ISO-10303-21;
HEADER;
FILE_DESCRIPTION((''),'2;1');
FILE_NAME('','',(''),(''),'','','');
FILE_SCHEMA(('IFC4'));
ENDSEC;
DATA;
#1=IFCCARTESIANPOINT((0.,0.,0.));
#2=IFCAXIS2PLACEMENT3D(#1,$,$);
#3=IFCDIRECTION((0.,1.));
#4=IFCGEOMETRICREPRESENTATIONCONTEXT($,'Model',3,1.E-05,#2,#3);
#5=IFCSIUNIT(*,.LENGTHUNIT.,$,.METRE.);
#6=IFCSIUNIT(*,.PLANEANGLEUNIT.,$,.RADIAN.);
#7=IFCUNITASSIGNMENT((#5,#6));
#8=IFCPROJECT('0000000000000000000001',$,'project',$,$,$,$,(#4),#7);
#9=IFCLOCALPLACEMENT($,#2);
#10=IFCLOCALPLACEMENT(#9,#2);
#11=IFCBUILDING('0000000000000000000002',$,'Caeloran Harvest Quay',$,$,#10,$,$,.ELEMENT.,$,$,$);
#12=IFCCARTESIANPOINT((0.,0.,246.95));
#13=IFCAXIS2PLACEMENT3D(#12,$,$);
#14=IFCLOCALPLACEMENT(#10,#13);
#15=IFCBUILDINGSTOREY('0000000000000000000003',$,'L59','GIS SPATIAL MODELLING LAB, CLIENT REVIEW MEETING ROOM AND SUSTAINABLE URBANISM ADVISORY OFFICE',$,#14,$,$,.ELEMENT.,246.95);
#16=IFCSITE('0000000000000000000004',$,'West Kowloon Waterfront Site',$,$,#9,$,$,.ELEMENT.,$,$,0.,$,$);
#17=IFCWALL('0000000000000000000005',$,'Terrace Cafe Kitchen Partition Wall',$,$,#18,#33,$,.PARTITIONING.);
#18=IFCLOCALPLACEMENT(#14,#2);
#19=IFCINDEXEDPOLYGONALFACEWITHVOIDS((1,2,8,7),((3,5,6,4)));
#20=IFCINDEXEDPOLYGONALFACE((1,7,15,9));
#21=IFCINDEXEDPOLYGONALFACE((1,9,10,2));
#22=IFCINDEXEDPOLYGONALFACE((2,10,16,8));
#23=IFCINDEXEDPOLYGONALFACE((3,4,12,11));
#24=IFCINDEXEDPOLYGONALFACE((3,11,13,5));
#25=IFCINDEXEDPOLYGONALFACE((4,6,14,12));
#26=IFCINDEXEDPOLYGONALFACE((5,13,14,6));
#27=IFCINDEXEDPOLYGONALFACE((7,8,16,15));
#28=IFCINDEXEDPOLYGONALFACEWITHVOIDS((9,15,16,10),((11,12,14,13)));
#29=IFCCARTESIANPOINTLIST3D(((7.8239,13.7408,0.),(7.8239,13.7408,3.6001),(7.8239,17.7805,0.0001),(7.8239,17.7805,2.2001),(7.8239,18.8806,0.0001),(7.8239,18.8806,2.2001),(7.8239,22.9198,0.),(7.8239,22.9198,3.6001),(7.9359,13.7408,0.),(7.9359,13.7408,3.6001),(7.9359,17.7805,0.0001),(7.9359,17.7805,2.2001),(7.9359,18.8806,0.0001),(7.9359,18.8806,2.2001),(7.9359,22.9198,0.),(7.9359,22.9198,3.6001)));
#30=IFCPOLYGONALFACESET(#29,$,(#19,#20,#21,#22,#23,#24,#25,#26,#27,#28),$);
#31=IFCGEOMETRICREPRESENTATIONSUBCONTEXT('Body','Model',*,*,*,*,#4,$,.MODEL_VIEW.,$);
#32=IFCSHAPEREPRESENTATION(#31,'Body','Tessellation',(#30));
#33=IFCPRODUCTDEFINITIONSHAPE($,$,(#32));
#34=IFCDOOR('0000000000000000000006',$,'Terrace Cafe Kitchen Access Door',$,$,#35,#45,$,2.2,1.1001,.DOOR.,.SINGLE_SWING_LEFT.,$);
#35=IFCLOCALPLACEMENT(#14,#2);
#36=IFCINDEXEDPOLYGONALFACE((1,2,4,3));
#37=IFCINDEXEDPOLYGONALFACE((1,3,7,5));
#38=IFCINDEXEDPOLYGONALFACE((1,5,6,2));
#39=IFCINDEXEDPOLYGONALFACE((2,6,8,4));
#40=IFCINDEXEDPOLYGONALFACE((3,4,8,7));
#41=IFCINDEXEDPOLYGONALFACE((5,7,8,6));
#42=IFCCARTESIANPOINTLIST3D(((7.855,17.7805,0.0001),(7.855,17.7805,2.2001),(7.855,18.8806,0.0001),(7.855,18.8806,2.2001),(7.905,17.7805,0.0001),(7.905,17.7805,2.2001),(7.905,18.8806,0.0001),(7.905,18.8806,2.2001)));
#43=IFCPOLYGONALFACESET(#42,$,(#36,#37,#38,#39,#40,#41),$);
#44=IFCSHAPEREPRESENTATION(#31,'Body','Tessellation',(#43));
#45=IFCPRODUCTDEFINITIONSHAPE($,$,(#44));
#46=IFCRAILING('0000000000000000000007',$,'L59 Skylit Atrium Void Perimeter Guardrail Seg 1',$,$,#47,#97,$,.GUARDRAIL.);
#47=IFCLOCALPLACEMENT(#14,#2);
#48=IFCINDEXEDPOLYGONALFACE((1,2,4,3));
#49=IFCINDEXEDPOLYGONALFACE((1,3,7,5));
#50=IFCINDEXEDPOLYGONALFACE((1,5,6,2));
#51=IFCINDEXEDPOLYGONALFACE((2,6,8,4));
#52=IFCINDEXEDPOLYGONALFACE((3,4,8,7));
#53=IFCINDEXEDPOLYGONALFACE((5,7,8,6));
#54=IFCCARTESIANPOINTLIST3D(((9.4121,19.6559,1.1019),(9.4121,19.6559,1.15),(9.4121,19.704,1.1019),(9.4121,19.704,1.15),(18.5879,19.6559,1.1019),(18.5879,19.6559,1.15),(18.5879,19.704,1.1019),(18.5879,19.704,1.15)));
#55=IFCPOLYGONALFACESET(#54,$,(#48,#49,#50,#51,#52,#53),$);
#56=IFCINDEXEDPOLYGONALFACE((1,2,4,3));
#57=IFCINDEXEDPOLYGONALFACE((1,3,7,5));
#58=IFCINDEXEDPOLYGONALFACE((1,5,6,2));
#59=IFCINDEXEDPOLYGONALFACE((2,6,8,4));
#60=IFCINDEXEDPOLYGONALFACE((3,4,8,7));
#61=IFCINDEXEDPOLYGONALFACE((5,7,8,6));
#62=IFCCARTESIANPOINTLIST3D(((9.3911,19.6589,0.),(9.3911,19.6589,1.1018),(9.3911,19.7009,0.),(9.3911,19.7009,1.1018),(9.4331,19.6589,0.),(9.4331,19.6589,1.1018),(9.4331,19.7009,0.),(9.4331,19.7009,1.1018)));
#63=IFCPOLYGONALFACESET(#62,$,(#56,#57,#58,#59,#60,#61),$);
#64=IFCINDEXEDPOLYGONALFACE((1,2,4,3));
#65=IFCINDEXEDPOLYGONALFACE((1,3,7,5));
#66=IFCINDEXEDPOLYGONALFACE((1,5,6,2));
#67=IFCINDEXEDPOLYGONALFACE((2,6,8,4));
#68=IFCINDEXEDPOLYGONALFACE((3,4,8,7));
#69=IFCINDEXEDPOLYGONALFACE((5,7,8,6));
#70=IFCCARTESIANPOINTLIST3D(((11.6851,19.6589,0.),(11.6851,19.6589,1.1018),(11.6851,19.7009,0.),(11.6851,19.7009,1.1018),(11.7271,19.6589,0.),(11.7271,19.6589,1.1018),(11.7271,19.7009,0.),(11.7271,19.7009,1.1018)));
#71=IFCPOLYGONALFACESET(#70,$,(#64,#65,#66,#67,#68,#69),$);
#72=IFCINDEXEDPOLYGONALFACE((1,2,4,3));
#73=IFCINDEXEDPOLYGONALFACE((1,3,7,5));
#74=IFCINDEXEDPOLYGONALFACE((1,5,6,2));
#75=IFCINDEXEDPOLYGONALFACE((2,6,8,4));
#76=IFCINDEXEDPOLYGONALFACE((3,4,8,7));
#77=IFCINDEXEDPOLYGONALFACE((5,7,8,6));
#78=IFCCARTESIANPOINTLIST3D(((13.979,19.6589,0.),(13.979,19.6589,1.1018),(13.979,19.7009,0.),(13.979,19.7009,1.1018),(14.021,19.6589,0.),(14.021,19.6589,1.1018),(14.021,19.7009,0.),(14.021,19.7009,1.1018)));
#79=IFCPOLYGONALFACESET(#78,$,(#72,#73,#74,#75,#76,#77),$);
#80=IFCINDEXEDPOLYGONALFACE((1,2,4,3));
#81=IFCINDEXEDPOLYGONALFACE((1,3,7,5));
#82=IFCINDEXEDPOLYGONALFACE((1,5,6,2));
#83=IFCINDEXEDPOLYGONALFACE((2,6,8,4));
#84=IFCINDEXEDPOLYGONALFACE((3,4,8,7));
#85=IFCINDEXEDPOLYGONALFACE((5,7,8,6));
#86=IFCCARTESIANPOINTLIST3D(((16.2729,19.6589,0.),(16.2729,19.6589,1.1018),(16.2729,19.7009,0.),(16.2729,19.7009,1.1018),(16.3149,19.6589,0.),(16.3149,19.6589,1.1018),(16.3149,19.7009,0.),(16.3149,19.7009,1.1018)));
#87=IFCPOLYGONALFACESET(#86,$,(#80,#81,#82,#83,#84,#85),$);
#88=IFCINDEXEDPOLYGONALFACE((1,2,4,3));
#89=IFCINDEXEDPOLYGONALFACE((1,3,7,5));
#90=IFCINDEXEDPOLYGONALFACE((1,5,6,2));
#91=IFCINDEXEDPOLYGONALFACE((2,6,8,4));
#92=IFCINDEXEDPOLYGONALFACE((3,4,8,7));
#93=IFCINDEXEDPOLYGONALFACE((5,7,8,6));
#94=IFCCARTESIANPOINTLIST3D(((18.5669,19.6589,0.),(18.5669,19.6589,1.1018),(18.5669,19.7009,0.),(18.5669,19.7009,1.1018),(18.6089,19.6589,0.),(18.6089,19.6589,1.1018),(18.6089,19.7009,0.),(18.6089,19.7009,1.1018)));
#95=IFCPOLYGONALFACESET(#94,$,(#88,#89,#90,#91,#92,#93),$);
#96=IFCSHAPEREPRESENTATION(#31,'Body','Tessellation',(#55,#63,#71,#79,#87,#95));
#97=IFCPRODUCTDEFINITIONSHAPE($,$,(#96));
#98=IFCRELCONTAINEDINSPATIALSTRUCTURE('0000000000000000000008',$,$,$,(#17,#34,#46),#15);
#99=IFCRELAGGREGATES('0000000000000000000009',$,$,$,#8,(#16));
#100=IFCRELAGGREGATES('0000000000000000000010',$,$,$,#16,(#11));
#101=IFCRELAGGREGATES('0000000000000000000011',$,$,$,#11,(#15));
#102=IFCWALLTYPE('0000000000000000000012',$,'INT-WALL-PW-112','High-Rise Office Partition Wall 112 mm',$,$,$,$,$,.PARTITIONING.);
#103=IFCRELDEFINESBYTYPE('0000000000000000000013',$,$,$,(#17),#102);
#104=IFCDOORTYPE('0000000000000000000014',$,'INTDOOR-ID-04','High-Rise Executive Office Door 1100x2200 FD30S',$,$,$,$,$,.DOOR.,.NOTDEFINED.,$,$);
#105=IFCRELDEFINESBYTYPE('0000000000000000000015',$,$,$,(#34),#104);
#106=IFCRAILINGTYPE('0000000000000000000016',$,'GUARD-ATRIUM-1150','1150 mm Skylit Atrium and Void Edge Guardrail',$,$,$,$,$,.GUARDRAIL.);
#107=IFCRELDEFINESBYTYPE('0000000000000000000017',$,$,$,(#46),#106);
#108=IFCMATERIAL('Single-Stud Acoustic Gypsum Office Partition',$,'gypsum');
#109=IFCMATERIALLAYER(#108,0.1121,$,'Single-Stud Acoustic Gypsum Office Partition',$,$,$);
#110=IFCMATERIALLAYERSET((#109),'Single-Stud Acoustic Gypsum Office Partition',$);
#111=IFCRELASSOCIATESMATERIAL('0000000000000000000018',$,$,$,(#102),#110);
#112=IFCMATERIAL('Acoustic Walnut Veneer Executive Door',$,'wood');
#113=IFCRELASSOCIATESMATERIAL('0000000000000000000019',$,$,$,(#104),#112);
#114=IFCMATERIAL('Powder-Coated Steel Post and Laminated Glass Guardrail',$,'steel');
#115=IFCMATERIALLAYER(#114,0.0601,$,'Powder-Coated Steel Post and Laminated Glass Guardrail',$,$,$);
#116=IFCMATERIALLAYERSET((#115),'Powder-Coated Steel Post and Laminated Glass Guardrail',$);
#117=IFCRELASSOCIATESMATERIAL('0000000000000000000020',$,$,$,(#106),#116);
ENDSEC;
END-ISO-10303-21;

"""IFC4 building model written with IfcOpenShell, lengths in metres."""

from ifc_helpers import new_model, si_unit, direction, frame, frame_2d, origin, origin_2d, place, context, subcontext, project, spatial, rectangle, extrude, material, layer, layer_set, type_object, element, fill, save


model = new_model("IFC4")

# Units and contexts
model_context = context("Model", 3, precision=1e-05, world=origin(), true_north=direction((0.0, 1.0)))
body_context = subcontext(model_context, "Body", "Model", "MODEL_VIEW")
ifc_project = project(units=[si_unit("LENGTHUNIT", "METRE"), si_unit("PLANEANGLEUNIT", "RADIAN")], contexts=[model_context])

# Site, building, storey
site_placement = place(None, origin())
site = spatial("IfcSite", under=ifc_project, at=site_placement, Name="West Kowloon Waterfront Site", CompositionType="ELEMENT", RefElevation=0.0)
building_placement = place(site_placement, origin())
building = spatial("IfcBuilding", under=site, at=building_placement, Name="Caeloran Harvest Quay", CompositionType="ELEMENT")
storey_placement = place(building_placement, frame((0.0, 0.0, 246.95)))
storey = spatial("IfcBuildingStorey", under=building, at=storey_placement, Name="L59", Description="GIS SPATIAL MODELLING LAB, CLIENT REVIEW MEETING ROOM AND SUSTAINABLE URBANISM ADVISORY OFFICE", CompositionType="ELEMENT", Elevation=246.95)

# Shared definitions
ifc_material_1 = material(Name="Single-Stud Acoustic Gypsum Office Partition", Category="gypsum")
ifc_layer_1 = layer(ifc_material_1, 0.1121, Name="Single-Stud Acoustic Gypsum Office Partition")
ifc_layer_set_1 = layer_set([ifc_layer_1], Name="Single-Stud Acoustic Gypsum Office Partition")
wall_type = type_object("IfcWallType", Name="INT-WALL-PW-112", Description="High-Rise Office Partition Wall 112 mm", PredefinedType="PARTITIONING", material=ifc_layer_set_1)
ifc_material_2 = material(Name="Acoustic Walnut Veneer Executive Door", Category="wood")
door_type = type_object("IfcDoorType", Name="INTDOOR-ID-04", Description="High-Rise Executive Office Door 1100x2200 FD30S", OperationType="NOTDEFINED", PredefinedType="DOOR", material=ifc_material_2)

# Wall, opening, door
wall_1_placement = place(storey_placement, frame((7.8799, 13.741, 0.0), z_axis=(0.0, 0.0, 1.0), x_axis=(0.0, 1.0, 0.0)))
wall_1 = element("IfcWall", 1, at=wall_1_placement, inside=storey, type_object=wall_type, Name="Terrace Cafe Kitchen Partition Wall", PredefinedType="PARTITIONING", context=body_context, shape_type="SweptSolid", body=[
    extrude(rectangle(XDim=9.179, YDim=0.1121, at=frame_2d((4.5894, 0.0))), origin(), (0.0, 0.0, 1.0), 3.6001),
])
opening_1_placement = place(wall_1_placement, frame((4.0396, 0.0, 0.0)))
opening_1 = element("IfcOpeningElement", 2, at=opening_1_placement, cuts=wall_1, PredefinedType="OPENING", context=body_context, shape_type="SweptSolid", body=[
    extrude(rectangle(XDim=1.1001, YDim=2.2, at=frame_2d((0.55, 1.1001))), frame((0.0, 0.0659, 0.0), z_axis=(0.0, -1.0, 0.0), x_axis=(1.0, 0.0, 0.0)), (0.0, 0.0, 1.0), 0.1321),
])
door_1_placement = place(opening_1_placement, origin())
door_1 = element("IfcDoor", 3, at=door_1_placement, inside=storey, type_object=door_type, Name="Terrace Cafe Kitchen Access Door", OperationType="SINGLE_SWING_LEFT", OverallHeight=2.2, OverallWidth=1.1001, PredefinedType="DOOR", context=body_context, shape_type="SweptSolid", body=[
    extrude(rectangle(XDim=1.1001, YDim=2.2, at=frame_2d((0.55, 1.1001))), frame((0.0, 0.0249, 0.0), z_axis=(0.0, -1.0, 0.0), x_axis=(1.0, 0.0, 0.0)), (0.0, 0.0, 1.0), 0.05),
])
fill(opening_1, door_1)

# Railing
ifc_material_3 = material(Name="Powder-Coated Steel Post and Laminated Glass Guardrail", Category="steel")
ifc_layer_2 = layer(ifc_material_3, 0.0601, Name="Powder-Coated Steel Post and Laminated Glass Guardrail")
ifc_layer_set_2 = layer_set([ifc_layer_2], Name="Powder-Coated Steel Post and Laminated Glass Guardrail")
railing_type = type_object("IfcRailingType", Name="GUARD-ATRIUM-1150", Description="1150 mm Skylit Atrium and Void Edge Guardrail", PredefinedType="GUARDRAIL", material=ifc_layer_set_2)
railing_placement = place(storey_placement, frame((9.4121, 19.6799, 0.0)))
element("IfcRailing", 4, at=railing_placement, inside=storey, type_object=railing_type, Name="L59 Skylit Atrium Void Perimeter Guardrail Seg 1", PredefinedType="GUARDRAIL", context=body_context, shape_type="SweptSolid", body=[
    extrude(rectangle(XDim=0.0481, YDim=0.0481, at=origin_2d()), frame((0.0, 0.0, 1.126), z_axis=(1.0, 0.0, 0.0), x_axis=(0.0, 1.0, 0.0)), (0.0, 0.0, 1.0), 9.1758),
    extrude(rectangle(XDim=0.042, YDim=0.042, at=origin_2d()), origin(), (0.0, 0.0, 1.0), 1.1018),
    extrude(rectangle(XDim=0.042, YDim=0.042, at=origin_2d()), frame((2.2939, 0.0, 0.0)), (0.0, 0.0, 1.0), 1.1018),
    extrude(rectangle(XDim=0.042, YDim=0.042, at=origin_2d()), frame((4.5879, 0.0, 0.0)), (0.0, 0.0, 1.0), 1.1018),
    extrude(rectangle(XDim=0.042, YDim=0.042, at=origin_2d()), frame((6.8818, 0.0, 0.0)), (0.0, 0.0, 1.0), 1.1018),
    extrude(rectangle(XDim=0.042, YDim=0.042, at=origin_2d()), frame((9.1758, 0.0, 0.0)), (0.0, 0.0, 1.0), 1.1018),
])

save(model, "model.ifc")
